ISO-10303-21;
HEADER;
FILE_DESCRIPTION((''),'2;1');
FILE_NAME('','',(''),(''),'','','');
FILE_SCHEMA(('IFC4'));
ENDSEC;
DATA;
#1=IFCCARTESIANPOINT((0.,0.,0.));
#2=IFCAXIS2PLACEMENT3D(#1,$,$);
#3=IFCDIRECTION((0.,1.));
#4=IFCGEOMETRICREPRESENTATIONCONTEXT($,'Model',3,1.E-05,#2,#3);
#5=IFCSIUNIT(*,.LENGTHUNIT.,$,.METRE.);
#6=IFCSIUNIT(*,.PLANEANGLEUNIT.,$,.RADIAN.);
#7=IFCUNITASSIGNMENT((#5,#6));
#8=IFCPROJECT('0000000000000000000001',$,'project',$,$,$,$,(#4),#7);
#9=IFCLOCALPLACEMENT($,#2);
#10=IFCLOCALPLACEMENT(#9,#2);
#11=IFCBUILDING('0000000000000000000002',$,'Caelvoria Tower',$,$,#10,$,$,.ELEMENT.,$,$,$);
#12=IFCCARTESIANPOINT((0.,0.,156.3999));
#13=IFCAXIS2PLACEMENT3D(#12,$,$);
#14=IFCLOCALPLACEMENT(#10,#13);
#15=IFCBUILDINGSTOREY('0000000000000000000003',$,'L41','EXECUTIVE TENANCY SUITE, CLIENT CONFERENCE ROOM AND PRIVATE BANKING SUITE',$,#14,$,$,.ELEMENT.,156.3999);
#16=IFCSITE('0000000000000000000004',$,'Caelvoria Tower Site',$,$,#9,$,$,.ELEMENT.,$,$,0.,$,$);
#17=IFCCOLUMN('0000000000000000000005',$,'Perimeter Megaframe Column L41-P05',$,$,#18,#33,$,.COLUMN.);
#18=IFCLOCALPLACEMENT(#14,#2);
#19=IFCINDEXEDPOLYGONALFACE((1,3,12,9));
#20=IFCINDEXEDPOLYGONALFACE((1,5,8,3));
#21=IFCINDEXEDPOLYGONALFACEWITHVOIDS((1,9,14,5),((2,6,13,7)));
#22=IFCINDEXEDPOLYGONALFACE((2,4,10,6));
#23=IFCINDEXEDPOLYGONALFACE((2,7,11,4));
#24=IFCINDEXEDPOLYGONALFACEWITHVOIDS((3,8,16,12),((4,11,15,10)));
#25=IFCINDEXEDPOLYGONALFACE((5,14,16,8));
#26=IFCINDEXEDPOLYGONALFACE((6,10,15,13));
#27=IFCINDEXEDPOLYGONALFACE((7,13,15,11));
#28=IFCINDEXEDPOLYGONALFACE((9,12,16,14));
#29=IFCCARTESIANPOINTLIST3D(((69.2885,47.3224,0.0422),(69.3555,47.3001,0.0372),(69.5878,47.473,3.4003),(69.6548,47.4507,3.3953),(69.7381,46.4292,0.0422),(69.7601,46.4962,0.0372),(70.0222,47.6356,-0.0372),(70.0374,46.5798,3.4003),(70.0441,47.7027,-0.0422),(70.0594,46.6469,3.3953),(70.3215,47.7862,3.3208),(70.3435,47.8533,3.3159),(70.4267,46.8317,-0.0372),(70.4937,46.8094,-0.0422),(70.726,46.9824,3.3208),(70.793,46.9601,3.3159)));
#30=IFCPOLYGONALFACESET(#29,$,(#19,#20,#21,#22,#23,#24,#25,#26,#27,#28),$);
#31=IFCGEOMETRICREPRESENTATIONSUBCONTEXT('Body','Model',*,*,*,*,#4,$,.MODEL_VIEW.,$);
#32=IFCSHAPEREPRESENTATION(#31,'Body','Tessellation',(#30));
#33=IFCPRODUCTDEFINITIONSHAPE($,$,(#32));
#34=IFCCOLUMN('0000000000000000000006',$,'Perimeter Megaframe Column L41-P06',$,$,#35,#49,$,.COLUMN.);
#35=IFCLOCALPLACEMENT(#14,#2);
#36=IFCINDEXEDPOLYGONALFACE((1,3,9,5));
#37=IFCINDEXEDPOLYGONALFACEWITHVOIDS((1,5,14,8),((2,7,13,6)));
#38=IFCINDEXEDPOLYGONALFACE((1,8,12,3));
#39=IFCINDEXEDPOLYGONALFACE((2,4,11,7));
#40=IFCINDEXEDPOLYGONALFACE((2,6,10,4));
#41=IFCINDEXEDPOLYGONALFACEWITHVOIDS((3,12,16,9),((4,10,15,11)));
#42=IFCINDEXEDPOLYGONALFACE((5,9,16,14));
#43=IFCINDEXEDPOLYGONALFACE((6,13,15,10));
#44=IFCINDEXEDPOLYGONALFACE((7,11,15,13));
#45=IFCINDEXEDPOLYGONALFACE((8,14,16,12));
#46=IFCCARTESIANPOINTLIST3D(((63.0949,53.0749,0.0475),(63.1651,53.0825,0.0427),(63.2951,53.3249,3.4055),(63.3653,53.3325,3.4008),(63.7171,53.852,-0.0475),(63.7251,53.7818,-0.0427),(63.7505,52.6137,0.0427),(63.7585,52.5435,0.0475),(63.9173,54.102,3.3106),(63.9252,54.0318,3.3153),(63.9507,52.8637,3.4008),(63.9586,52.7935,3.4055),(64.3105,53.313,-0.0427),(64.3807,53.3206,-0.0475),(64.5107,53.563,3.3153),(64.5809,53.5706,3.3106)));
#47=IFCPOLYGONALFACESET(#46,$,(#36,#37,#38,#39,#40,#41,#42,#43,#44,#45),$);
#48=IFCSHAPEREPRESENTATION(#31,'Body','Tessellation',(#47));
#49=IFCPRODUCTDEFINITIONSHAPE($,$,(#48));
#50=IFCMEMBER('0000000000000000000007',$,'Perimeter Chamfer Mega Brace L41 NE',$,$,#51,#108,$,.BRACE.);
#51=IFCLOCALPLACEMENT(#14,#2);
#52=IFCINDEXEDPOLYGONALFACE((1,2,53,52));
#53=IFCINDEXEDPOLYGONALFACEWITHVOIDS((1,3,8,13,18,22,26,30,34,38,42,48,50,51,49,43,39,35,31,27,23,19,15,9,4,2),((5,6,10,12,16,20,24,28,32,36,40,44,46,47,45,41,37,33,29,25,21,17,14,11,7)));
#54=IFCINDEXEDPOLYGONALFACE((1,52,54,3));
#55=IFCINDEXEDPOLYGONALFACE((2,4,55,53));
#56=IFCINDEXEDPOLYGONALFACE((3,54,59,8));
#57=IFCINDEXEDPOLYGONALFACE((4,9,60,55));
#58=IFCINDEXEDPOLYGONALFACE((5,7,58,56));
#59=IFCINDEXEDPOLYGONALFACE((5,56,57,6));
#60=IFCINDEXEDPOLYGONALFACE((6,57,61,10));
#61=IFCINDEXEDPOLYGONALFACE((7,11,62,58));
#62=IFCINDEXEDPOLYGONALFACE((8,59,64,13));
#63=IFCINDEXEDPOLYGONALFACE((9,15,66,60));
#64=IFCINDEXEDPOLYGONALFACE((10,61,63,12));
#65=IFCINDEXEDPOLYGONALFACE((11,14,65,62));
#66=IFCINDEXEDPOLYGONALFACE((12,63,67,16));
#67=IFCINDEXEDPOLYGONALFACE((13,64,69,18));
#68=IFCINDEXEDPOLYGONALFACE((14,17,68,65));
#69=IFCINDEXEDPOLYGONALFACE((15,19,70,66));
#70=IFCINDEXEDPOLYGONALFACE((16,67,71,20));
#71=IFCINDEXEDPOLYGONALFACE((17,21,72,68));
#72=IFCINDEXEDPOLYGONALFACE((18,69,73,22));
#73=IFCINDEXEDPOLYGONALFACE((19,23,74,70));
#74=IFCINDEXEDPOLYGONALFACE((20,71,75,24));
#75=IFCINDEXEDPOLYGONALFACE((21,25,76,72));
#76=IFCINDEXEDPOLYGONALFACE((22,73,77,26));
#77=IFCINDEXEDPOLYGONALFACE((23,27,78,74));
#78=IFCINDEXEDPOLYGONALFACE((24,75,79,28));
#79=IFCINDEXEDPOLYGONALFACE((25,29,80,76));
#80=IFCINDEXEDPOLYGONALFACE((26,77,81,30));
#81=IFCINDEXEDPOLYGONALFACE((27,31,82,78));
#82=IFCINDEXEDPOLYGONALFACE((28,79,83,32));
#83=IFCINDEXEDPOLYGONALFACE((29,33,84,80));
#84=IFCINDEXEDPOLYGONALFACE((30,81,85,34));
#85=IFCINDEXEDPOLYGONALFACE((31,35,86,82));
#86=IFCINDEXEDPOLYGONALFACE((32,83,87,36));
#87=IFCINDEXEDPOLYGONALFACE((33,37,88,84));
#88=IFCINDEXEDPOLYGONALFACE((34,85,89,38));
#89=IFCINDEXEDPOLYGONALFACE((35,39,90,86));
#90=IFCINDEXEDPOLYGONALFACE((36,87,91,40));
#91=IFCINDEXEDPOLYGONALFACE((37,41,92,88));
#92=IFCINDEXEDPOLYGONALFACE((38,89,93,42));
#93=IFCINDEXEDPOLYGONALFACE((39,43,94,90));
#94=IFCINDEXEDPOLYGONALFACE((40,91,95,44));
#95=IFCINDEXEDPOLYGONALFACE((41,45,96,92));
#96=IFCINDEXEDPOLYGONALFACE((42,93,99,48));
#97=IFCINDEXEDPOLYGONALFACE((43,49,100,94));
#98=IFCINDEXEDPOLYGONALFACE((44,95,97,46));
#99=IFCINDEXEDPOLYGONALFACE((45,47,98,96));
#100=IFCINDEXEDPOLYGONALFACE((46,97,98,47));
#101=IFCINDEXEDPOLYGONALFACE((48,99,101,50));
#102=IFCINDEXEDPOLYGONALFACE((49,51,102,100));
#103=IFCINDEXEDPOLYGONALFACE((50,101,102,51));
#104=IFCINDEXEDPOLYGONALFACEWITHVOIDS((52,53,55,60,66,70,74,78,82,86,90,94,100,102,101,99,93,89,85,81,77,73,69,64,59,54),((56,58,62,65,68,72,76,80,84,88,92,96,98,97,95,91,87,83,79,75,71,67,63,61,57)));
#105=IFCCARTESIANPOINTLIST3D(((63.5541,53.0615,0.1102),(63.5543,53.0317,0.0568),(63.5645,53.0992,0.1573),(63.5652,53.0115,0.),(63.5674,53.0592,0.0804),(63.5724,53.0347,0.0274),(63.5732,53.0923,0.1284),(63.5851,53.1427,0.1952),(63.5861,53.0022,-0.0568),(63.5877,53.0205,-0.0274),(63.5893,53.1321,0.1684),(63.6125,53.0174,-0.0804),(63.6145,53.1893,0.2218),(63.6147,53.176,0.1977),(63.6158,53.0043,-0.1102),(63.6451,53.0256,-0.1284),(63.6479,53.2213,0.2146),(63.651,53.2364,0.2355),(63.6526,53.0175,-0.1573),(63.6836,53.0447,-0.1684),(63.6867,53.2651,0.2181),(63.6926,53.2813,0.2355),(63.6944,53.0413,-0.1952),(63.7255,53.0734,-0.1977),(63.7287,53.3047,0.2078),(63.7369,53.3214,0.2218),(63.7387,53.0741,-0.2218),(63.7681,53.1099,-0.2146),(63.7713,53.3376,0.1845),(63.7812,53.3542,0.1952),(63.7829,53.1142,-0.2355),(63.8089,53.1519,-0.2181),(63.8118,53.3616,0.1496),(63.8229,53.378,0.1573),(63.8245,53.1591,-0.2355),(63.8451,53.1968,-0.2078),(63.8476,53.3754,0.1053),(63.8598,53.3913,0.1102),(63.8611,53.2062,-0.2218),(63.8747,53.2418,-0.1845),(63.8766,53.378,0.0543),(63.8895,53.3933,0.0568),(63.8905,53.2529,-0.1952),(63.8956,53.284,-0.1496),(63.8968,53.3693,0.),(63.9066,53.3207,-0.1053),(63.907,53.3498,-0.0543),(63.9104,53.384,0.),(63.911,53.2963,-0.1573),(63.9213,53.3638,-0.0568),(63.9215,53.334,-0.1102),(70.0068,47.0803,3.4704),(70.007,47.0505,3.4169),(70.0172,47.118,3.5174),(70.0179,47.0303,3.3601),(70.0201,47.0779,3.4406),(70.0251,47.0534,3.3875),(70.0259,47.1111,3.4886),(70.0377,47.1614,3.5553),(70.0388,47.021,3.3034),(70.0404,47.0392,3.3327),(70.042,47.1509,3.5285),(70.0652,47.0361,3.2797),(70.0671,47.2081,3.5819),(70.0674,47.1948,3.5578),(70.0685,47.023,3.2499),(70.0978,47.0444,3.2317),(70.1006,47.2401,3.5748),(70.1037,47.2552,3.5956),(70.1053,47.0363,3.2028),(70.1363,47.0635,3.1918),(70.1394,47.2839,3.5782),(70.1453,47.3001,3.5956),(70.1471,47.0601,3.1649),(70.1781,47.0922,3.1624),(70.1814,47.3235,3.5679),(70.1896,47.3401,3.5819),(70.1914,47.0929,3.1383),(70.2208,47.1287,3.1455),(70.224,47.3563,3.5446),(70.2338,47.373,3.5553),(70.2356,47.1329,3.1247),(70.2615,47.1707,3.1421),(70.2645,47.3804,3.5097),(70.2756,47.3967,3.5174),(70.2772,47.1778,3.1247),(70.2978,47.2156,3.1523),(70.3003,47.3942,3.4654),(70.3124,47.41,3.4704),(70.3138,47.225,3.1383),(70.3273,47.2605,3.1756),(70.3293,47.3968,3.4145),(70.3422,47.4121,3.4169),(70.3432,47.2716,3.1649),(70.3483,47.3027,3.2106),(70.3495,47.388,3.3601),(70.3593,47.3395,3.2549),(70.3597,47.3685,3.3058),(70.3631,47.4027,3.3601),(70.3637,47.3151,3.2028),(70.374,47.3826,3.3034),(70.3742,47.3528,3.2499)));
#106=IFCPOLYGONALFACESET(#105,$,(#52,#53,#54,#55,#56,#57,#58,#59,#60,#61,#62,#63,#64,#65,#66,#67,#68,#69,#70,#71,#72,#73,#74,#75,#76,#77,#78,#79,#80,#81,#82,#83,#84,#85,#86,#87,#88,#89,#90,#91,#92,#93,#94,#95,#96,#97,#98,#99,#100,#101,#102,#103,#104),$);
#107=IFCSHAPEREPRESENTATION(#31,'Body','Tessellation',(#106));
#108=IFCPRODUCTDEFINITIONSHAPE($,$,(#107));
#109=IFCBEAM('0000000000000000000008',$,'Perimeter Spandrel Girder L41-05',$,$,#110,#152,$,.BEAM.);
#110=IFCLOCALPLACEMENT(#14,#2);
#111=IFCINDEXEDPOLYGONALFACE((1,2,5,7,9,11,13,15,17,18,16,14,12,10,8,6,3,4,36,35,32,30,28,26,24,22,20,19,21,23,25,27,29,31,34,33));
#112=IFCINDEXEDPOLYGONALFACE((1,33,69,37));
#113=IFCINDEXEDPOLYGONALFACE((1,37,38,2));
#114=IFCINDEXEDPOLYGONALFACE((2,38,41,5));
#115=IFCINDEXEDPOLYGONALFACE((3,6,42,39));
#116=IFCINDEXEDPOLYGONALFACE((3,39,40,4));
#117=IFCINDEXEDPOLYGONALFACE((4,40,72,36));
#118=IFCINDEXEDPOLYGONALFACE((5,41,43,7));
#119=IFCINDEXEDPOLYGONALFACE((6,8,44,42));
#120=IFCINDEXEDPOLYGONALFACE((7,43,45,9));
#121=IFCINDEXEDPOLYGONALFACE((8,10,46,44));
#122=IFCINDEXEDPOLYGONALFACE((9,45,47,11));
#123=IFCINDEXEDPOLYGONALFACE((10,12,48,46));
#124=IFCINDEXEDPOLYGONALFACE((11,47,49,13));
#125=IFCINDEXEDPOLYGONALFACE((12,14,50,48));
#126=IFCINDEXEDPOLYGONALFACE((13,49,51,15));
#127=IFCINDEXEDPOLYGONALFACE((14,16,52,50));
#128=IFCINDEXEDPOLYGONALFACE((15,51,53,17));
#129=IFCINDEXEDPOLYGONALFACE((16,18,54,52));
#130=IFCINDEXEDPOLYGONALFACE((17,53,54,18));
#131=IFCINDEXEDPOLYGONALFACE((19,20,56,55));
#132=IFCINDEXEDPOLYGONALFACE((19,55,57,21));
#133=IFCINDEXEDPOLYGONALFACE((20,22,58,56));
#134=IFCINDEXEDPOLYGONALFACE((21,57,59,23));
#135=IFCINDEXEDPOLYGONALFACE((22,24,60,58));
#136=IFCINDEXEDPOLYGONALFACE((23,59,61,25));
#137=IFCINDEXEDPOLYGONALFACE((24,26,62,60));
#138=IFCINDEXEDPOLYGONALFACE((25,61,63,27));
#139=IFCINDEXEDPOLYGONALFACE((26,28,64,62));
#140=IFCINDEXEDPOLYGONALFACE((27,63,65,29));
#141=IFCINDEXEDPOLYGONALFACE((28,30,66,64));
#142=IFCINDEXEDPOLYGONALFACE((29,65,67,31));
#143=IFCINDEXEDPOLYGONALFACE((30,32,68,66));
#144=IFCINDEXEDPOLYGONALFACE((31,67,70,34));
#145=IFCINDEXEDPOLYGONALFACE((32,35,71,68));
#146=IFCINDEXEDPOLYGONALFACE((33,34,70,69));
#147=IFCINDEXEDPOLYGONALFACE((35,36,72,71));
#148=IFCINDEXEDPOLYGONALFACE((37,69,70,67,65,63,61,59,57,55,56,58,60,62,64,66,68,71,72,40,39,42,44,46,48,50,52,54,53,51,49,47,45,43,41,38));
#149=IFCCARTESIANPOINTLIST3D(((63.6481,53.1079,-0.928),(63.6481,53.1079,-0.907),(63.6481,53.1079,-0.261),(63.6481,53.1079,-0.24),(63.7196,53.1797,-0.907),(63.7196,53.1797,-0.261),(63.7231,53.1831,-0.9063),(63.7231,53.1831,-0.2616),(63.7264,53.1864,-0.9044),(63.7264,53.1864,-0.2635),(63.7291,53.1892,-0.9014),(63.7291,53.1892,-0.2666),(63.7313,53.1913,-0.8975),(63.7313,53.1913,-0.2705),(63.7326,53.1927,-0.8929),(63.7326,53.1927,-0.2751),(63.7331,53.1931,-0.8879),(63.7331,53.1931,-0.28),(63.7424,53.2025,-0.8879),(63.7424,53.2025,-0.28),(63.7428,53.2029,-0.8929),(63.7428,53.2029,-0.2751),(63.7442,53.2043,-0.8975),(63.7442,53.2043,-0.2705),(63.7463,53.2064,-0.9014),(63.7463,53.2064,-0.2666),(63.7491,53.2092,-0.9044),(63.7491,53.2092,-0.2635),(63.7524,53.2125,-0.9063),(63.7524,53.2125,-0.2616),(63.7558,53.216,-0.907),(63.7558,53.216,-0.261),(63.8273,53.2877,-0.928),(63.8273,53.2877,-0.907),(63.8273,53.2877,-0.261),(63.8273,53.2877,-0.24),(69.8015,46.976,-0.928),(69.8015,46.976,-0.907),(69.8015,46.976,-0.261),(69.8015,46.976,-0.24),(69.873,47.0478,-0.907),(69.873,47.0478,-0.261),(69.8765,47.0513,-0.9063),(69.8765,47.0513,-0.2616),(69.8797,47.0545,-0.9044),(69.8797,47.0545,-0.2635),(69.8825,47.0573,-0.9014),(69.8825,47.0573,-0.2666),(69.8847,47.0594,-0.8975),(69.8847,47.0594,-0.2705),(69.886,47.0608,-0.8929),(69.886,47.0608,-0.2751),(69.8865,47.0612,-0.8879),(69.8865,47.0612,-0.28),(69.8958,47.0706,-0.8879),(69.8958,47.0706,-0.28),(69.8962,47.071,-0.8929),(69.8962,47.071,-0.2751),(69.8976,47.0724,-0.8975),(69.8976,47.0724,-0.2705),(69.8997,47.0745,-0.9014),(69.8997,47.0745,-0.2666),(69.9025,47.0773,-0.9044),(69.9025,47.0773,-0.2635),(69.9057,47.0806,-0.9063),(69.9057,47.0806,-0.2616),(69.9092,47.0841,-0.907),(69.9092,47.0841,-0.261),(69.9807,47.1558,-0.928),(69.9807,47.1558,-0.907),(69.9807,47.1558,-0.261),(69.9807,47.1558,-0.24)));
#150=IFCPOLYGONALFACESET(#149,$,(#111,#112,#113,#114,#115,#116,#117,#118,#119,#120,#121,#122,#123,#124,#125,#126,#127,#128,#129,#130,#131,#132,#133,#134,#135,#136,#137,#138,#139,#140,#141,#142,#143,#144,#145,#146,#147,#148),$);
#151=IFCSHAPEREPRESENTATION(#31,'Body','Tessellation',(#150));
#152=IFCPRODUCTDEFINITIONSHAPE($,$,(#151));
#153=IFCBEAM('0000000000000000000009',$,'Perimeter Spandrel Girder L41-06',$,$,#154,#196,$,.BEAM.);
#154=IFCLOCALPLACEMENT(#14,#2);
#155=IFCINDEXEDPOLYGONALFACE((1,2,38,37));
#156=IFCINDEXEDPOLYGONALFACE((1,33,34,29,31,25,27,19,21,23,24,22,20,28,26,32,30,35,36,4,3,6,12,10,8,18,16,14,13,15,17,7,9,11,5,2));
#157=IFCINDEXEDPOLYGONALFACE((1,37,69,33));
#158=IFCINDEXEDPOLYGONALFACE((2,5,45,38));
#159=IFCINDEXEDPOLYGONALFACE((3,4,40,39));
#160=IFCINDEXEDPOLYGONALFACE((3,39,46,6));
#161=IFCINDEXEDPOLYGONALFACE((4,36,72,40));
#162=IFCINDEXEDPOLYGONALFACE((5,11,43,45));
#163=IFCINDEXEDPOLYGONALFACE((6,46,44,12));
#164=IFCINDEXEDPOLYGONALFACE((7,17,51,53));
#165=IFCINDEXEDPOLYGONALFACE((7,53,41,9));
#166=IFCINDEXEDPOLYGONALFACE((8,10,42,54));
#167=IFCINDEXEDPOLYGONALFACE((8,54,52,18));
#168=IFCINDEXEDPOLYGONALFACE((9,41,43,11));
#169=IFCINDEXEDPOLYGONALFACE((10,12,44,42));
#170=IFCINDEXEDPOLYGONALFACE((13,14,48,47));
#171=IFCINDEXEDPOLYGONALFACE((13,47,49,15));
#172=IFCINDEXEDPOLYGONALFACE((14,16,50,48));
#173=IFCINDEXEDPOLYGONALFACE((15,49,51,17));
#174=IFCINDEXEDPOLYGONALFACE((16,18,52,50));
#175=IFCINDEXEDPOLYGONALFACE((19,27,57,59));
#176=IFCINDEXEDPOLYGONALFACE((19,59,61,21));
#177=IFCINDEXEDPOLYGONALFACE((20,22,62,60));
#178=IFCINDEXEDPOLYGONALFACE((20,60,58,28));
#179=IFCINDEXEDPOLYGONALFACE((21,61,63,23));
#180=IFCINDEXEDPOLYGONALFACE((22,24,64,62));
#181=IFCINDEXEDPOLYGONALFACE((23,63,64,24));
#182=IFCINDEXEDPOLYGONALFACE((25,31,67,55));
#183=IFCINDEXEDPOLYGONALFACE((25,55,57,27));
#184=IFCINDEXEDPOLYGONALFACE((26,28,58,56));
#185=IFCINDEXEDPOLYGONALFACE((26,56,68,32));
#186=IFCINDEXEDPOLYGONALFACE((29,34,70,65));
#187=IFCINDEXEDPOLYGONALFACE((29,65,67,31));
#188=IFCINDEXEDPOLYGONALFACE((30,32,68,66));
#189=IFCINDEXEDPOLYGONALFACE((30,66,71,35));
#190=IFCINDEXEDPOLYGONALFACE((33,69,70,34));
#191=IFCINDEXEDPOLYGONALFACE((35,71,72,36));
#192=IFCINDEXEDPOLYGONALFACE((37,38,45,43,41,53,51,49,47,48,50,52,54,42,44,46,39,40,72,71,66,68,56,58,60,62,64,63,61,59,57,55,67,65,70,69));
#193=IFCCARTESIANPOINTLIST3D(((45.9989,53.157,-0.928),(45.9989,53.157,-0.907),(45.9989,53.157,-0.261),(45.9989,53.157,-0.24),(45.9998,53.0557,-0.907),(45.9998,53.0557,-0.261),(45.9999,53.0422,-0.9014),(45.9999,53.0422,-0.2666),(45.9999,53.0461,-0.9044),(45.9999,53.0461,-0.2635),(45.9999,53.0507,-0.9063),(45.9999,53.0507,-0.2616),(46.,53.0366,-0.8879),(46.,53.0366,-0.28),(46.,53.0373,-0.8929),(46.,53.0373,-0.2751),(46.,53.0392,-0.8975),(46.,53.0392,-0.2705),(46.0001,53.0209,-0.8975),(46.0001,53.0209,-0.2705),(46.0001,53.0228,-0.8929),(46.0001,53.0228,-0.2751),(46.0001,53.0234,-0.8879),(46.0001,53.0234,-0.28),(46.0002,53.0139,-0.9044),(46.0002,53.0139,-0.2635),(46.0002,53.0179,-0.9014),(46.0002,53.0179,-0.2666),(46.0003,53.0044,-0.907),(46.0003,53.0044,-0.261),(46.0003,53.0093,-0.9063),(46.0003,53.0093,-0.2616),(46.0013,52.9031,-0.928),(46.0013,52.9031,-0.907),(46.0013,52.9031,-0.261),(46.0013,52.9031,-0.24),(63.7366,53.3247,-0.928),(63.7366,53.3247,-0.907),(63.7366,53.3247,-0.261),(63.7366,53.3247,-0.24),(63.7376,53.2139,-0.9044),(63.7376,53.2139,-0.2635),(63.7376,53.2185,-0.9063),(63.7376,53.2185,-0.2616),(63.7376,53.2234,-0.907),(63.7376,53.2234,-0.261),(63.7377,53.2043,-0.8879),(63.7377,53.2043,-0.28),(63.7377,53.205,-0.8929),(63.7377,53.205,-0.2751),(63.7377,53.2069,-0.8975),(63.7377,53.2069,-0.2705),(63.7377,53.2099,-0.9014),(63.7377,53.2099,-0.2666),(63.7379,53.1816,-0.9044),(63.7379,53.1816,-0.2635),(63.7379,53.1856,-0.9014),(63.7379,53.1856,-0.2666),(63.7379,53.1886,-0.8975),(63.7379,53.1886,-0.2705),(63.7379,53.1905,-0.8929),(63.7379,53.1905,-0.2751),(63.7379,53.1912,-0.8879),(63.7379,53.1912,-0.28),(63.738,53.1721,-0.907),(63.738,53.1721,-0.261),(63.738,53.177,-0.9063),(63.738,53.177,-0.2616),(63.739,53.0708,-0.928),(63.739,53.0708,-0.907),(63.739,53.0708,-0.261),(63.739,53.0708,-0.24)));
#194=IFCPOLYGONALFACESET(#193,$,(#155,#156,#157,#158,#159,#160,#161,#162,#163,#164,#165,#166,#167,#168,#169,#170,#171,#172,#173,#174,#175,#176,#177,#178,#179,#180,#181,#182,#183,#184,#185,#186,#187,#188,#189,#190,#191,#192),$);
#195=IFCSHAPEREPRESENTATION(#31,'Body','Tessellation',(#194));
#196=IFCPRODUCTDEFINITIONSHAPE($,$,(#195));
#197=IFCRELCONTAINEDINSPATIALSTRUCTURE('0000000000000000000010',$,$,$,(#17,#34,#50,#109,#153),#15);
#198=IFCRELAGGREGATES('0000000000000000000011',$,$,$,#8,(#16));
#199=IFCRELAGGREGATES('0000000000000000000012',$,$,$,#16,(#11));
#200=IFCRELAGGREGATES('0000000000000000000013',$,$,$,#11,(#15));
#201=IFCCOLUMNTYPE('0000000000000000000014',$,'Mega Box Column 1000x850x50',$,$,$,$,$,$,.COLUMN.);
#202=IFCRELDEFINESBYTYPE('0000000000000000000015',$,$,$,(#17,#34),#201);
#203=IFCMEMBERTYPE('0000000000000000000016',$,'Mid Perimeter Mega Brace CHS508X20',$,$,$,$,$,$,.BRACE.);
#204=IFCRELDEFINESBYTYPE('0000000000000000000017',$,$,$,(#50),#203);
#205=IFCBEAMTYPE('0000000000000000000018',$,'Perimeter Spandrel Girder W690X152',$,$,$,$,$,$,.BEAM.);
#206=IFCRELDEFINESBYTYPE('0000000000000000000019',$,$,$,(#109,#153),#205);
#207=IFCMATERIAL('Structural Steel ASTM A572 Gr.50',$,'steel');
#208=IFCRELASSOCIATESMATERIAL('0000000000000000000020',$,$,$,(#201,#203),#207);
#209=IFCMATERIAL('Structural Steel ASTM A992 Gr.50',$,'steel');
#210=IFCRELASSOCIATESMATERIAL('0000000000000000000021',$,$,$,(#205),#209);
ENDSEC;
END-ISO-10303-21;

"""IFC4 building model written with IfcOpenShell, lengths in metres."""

from ifc_helpers import new_model, si_unit, direction, frame, origin, origin_2d, place, context, subcontext, project, spatial, hollow_rectangle, hollow_circle, i_section, extrude, material, material_profile, profile_set, type_object, element, save


model = new_model("IFC4")

# Units and contexts
model_context = context("Model", 3, precision=1e-05, world=origin(), true_north=direction((0.0, 1.0)))
body_context = subcontext(model_context, "Body", "Model", "MODEL_VIEW")
ifc_project = project(units=[si_unit("LENGTHUNIT", "METRE"), si_unit("PLANEANGLEUNIT", "RADIAN")], contexts=[model_context])

# Site, building, storey
site_placement = place(None, origin())
site = spatial("IfcSite", under=ifc_project, at=site_placement, Name="Caelvoria Tower Site", CompositionType="ELEMENT", RefElevation=0.0)
building_placement = place(site_placement, origin())
building = spatial("IfcBuilding", under=site, at=building_placement, Name="Caelvoria Tower", CompositionType="ELEMENT")
storey_placement = place(building_placement, frame((0.0, 0.0, 156.3999)))
storey = spatial("IfcBuildingStorey", under=building, at=storey_placement, Name="L41", Description="EXECUTIVE TENANCY SUITE, CLIENT CONFERENCE ROOM AND PRIVATE BANKING SUITE", CompositionType="ELEMENT", Elevation=156.3999)

# Columns
ifc_material_1 = material(Name="Structural Steel ASTM A572 Gr.50", Category="steel")
ifc_material_profile_1 = material_profile(ifc_material_1, hollow_rectangle(XDim=0.8501, YDim=1.0, WallThickness=0.05, at=origin_2d()), Name="Structural Steel ASTM A572 Gr.50")
ifc_profile_set_1 = profile_set([ifc_material_profile_1], Name="BOX1000X850X50 - Structural Steel ASTM A572 Gr.50")
column_type = type_object("IfcColumnType", Name="Mega Box Column 1000x850x50", PredefinedType="COLUMN", material=ifc_profile_set_1)
column_1_placement = place(storey_placement, frame((69.8911, 47.0659, 0.0), z_axis=(0.088691, 0.044635, 0.995059), x_axis=(-0.888844, -0.447322, 0.099289)))
element("IfcColumn", 1, at=column_1_placement, inside=storey, type_object=column_type, Name="Perimeter Megaframe Column L41-P05", PredefinedType="COLUMN", context=body_context, shape_type="SweptSolid", body=[
    extrude(hollow_rectangle(XDim=0.8501, YDim=1.0, WallThickness=0.05, at=origin_2d()), origin(), (0.0, 0.0, 1.0), 3.3748),
])
column_2_placement = place(storey_placement, frame((63.7378, 53.1978, 0.0), z_axis=(0.059345, 0.074109, 0.995483), x_axis=(-0.780571, 0.625067, 0.0)))
element("IfcColumn", 2, at=column_2_placement, inside=storey, type_object=column_type, Name="Perimeter Megaframe Column L41-P06", PredefinedType="COLUMN", context=body_context, shape_type="SweptSolid", body=[
    extrude(hollow_rectangle(XDim=0.8501, YDim=1.0, WallThickness=0.05, at=origin_2d()), origin(), (0.0, 0.0, 1.0), 3.3733),
])

# Member
ifc_material_profile_2 = material_profile(ifc_material_1, hollow_circle(Radius=0.2539, WallThickness=0.02, at=origin_2d()), Name="Structural Steel ASTM A572 Gr.50")
ifc_profile_set_2 = profile_set([ifc_material_profile_2], Name="CHS508X20 - Structural Steel ASTM A572 Gr.50")
member_type = type_object("IfcMemberType", Name="Mid Perimeter Mega Brace CHS508X20", PredefinedType="BRACE", material=ifc_profile_set_2)
member_placement = place(storey_placement, frame((63.7378, 53.1978, 0.0), z_axis=(0.685128, -0.635072, 0.356769), x_axis=(0.679808, 0.73339, 0.0)))
element("IfcMember", 3, at=member_placement, inside=storey, type_object=member_type, Name="Perimeter Chamfer Mega Brace L41 NE", PredefinedType="BRACE", context=body_context, shape_type="SweptSolid", body=[
    extrude(hollow_circle(Radius=0.2539, WallThickness=0.02, at=origin_2d()), origin(), (0.0, 0.0, 1.0), 9.4182),
])

# Beams
ifc_material_2 = material(Name="Structural Steel ASTM A992 Gr.50", Category="steel")
ifc_material_profile_3 = material_profile(ifc_material_2, i_section(OverallWidth=0.2539, OverallDepth=0.688, WebThickness=0.0132, FlangeThickness=0.021, FilletRadius=0.019, at=origin_2d()), Name="Structural Steel ASTM A992 Gr.50")
ifc_profile_set_3 = profile_set([ifc_material_profile_3], Name="W690X152 - Structural Steel ASTM A992 Gr.50")
beam_type_1 = type_object("IfcBeamType", Name="Perimeter Spandrel Girder W690X152", PredefinedType="BEAM", material=ifc_profile_set_3)
beam_1_placement = place(storey_placement, frame((69.8911, 47.0659, -0.584), z_axis=(-0.708342, 0.705869, 0.0), x_axis=(-0.705869, -0.708342, 0.0)))
element("IfcBeam", 4, at=beam_1_placement, inside=storey, type_object=beam_type_1, Name="Perimeter Spandrel Girder L41-05", PredefinedType="BEAM", context=body_context, shape_type="SweptSolid", body=[
    extrude(i_section(OverallWidth=0.2539, OverallDepth=0.688, WebThickness=0.0132, FlangeThickness=0.021, FilletRadius=0.019, at=origin_2d()), origin(), (0.0, 0.0, 1.0), 8.687),
])
beam_2_placement = place(storey_placement, frame((63.7378, 53.1978, -0.584), z_axis=(-0.999955, -0.009455, 0.0), x_axis=(0.009455, -0.999955, 0.0)))
element("IfcBeam", 5, at=beam_2_placement, inside=storey, type_object=beam_type_1, Name="Perimeter Spandrel Girder L41-06", PredefinedType="BEAM", context=body_context, shape_type="SweptSolid", body=[
    extrude(i_section(OverallWidth=0.2539, OverallDepth=0.688, WebThickness=0.0132, FlangeThickness=0.021, FilletRadius=0.019, at=origin_2d()), origin(), (0.0, 0.0, 1.0), 17.7385),
])

save(model, "model.ifc")
